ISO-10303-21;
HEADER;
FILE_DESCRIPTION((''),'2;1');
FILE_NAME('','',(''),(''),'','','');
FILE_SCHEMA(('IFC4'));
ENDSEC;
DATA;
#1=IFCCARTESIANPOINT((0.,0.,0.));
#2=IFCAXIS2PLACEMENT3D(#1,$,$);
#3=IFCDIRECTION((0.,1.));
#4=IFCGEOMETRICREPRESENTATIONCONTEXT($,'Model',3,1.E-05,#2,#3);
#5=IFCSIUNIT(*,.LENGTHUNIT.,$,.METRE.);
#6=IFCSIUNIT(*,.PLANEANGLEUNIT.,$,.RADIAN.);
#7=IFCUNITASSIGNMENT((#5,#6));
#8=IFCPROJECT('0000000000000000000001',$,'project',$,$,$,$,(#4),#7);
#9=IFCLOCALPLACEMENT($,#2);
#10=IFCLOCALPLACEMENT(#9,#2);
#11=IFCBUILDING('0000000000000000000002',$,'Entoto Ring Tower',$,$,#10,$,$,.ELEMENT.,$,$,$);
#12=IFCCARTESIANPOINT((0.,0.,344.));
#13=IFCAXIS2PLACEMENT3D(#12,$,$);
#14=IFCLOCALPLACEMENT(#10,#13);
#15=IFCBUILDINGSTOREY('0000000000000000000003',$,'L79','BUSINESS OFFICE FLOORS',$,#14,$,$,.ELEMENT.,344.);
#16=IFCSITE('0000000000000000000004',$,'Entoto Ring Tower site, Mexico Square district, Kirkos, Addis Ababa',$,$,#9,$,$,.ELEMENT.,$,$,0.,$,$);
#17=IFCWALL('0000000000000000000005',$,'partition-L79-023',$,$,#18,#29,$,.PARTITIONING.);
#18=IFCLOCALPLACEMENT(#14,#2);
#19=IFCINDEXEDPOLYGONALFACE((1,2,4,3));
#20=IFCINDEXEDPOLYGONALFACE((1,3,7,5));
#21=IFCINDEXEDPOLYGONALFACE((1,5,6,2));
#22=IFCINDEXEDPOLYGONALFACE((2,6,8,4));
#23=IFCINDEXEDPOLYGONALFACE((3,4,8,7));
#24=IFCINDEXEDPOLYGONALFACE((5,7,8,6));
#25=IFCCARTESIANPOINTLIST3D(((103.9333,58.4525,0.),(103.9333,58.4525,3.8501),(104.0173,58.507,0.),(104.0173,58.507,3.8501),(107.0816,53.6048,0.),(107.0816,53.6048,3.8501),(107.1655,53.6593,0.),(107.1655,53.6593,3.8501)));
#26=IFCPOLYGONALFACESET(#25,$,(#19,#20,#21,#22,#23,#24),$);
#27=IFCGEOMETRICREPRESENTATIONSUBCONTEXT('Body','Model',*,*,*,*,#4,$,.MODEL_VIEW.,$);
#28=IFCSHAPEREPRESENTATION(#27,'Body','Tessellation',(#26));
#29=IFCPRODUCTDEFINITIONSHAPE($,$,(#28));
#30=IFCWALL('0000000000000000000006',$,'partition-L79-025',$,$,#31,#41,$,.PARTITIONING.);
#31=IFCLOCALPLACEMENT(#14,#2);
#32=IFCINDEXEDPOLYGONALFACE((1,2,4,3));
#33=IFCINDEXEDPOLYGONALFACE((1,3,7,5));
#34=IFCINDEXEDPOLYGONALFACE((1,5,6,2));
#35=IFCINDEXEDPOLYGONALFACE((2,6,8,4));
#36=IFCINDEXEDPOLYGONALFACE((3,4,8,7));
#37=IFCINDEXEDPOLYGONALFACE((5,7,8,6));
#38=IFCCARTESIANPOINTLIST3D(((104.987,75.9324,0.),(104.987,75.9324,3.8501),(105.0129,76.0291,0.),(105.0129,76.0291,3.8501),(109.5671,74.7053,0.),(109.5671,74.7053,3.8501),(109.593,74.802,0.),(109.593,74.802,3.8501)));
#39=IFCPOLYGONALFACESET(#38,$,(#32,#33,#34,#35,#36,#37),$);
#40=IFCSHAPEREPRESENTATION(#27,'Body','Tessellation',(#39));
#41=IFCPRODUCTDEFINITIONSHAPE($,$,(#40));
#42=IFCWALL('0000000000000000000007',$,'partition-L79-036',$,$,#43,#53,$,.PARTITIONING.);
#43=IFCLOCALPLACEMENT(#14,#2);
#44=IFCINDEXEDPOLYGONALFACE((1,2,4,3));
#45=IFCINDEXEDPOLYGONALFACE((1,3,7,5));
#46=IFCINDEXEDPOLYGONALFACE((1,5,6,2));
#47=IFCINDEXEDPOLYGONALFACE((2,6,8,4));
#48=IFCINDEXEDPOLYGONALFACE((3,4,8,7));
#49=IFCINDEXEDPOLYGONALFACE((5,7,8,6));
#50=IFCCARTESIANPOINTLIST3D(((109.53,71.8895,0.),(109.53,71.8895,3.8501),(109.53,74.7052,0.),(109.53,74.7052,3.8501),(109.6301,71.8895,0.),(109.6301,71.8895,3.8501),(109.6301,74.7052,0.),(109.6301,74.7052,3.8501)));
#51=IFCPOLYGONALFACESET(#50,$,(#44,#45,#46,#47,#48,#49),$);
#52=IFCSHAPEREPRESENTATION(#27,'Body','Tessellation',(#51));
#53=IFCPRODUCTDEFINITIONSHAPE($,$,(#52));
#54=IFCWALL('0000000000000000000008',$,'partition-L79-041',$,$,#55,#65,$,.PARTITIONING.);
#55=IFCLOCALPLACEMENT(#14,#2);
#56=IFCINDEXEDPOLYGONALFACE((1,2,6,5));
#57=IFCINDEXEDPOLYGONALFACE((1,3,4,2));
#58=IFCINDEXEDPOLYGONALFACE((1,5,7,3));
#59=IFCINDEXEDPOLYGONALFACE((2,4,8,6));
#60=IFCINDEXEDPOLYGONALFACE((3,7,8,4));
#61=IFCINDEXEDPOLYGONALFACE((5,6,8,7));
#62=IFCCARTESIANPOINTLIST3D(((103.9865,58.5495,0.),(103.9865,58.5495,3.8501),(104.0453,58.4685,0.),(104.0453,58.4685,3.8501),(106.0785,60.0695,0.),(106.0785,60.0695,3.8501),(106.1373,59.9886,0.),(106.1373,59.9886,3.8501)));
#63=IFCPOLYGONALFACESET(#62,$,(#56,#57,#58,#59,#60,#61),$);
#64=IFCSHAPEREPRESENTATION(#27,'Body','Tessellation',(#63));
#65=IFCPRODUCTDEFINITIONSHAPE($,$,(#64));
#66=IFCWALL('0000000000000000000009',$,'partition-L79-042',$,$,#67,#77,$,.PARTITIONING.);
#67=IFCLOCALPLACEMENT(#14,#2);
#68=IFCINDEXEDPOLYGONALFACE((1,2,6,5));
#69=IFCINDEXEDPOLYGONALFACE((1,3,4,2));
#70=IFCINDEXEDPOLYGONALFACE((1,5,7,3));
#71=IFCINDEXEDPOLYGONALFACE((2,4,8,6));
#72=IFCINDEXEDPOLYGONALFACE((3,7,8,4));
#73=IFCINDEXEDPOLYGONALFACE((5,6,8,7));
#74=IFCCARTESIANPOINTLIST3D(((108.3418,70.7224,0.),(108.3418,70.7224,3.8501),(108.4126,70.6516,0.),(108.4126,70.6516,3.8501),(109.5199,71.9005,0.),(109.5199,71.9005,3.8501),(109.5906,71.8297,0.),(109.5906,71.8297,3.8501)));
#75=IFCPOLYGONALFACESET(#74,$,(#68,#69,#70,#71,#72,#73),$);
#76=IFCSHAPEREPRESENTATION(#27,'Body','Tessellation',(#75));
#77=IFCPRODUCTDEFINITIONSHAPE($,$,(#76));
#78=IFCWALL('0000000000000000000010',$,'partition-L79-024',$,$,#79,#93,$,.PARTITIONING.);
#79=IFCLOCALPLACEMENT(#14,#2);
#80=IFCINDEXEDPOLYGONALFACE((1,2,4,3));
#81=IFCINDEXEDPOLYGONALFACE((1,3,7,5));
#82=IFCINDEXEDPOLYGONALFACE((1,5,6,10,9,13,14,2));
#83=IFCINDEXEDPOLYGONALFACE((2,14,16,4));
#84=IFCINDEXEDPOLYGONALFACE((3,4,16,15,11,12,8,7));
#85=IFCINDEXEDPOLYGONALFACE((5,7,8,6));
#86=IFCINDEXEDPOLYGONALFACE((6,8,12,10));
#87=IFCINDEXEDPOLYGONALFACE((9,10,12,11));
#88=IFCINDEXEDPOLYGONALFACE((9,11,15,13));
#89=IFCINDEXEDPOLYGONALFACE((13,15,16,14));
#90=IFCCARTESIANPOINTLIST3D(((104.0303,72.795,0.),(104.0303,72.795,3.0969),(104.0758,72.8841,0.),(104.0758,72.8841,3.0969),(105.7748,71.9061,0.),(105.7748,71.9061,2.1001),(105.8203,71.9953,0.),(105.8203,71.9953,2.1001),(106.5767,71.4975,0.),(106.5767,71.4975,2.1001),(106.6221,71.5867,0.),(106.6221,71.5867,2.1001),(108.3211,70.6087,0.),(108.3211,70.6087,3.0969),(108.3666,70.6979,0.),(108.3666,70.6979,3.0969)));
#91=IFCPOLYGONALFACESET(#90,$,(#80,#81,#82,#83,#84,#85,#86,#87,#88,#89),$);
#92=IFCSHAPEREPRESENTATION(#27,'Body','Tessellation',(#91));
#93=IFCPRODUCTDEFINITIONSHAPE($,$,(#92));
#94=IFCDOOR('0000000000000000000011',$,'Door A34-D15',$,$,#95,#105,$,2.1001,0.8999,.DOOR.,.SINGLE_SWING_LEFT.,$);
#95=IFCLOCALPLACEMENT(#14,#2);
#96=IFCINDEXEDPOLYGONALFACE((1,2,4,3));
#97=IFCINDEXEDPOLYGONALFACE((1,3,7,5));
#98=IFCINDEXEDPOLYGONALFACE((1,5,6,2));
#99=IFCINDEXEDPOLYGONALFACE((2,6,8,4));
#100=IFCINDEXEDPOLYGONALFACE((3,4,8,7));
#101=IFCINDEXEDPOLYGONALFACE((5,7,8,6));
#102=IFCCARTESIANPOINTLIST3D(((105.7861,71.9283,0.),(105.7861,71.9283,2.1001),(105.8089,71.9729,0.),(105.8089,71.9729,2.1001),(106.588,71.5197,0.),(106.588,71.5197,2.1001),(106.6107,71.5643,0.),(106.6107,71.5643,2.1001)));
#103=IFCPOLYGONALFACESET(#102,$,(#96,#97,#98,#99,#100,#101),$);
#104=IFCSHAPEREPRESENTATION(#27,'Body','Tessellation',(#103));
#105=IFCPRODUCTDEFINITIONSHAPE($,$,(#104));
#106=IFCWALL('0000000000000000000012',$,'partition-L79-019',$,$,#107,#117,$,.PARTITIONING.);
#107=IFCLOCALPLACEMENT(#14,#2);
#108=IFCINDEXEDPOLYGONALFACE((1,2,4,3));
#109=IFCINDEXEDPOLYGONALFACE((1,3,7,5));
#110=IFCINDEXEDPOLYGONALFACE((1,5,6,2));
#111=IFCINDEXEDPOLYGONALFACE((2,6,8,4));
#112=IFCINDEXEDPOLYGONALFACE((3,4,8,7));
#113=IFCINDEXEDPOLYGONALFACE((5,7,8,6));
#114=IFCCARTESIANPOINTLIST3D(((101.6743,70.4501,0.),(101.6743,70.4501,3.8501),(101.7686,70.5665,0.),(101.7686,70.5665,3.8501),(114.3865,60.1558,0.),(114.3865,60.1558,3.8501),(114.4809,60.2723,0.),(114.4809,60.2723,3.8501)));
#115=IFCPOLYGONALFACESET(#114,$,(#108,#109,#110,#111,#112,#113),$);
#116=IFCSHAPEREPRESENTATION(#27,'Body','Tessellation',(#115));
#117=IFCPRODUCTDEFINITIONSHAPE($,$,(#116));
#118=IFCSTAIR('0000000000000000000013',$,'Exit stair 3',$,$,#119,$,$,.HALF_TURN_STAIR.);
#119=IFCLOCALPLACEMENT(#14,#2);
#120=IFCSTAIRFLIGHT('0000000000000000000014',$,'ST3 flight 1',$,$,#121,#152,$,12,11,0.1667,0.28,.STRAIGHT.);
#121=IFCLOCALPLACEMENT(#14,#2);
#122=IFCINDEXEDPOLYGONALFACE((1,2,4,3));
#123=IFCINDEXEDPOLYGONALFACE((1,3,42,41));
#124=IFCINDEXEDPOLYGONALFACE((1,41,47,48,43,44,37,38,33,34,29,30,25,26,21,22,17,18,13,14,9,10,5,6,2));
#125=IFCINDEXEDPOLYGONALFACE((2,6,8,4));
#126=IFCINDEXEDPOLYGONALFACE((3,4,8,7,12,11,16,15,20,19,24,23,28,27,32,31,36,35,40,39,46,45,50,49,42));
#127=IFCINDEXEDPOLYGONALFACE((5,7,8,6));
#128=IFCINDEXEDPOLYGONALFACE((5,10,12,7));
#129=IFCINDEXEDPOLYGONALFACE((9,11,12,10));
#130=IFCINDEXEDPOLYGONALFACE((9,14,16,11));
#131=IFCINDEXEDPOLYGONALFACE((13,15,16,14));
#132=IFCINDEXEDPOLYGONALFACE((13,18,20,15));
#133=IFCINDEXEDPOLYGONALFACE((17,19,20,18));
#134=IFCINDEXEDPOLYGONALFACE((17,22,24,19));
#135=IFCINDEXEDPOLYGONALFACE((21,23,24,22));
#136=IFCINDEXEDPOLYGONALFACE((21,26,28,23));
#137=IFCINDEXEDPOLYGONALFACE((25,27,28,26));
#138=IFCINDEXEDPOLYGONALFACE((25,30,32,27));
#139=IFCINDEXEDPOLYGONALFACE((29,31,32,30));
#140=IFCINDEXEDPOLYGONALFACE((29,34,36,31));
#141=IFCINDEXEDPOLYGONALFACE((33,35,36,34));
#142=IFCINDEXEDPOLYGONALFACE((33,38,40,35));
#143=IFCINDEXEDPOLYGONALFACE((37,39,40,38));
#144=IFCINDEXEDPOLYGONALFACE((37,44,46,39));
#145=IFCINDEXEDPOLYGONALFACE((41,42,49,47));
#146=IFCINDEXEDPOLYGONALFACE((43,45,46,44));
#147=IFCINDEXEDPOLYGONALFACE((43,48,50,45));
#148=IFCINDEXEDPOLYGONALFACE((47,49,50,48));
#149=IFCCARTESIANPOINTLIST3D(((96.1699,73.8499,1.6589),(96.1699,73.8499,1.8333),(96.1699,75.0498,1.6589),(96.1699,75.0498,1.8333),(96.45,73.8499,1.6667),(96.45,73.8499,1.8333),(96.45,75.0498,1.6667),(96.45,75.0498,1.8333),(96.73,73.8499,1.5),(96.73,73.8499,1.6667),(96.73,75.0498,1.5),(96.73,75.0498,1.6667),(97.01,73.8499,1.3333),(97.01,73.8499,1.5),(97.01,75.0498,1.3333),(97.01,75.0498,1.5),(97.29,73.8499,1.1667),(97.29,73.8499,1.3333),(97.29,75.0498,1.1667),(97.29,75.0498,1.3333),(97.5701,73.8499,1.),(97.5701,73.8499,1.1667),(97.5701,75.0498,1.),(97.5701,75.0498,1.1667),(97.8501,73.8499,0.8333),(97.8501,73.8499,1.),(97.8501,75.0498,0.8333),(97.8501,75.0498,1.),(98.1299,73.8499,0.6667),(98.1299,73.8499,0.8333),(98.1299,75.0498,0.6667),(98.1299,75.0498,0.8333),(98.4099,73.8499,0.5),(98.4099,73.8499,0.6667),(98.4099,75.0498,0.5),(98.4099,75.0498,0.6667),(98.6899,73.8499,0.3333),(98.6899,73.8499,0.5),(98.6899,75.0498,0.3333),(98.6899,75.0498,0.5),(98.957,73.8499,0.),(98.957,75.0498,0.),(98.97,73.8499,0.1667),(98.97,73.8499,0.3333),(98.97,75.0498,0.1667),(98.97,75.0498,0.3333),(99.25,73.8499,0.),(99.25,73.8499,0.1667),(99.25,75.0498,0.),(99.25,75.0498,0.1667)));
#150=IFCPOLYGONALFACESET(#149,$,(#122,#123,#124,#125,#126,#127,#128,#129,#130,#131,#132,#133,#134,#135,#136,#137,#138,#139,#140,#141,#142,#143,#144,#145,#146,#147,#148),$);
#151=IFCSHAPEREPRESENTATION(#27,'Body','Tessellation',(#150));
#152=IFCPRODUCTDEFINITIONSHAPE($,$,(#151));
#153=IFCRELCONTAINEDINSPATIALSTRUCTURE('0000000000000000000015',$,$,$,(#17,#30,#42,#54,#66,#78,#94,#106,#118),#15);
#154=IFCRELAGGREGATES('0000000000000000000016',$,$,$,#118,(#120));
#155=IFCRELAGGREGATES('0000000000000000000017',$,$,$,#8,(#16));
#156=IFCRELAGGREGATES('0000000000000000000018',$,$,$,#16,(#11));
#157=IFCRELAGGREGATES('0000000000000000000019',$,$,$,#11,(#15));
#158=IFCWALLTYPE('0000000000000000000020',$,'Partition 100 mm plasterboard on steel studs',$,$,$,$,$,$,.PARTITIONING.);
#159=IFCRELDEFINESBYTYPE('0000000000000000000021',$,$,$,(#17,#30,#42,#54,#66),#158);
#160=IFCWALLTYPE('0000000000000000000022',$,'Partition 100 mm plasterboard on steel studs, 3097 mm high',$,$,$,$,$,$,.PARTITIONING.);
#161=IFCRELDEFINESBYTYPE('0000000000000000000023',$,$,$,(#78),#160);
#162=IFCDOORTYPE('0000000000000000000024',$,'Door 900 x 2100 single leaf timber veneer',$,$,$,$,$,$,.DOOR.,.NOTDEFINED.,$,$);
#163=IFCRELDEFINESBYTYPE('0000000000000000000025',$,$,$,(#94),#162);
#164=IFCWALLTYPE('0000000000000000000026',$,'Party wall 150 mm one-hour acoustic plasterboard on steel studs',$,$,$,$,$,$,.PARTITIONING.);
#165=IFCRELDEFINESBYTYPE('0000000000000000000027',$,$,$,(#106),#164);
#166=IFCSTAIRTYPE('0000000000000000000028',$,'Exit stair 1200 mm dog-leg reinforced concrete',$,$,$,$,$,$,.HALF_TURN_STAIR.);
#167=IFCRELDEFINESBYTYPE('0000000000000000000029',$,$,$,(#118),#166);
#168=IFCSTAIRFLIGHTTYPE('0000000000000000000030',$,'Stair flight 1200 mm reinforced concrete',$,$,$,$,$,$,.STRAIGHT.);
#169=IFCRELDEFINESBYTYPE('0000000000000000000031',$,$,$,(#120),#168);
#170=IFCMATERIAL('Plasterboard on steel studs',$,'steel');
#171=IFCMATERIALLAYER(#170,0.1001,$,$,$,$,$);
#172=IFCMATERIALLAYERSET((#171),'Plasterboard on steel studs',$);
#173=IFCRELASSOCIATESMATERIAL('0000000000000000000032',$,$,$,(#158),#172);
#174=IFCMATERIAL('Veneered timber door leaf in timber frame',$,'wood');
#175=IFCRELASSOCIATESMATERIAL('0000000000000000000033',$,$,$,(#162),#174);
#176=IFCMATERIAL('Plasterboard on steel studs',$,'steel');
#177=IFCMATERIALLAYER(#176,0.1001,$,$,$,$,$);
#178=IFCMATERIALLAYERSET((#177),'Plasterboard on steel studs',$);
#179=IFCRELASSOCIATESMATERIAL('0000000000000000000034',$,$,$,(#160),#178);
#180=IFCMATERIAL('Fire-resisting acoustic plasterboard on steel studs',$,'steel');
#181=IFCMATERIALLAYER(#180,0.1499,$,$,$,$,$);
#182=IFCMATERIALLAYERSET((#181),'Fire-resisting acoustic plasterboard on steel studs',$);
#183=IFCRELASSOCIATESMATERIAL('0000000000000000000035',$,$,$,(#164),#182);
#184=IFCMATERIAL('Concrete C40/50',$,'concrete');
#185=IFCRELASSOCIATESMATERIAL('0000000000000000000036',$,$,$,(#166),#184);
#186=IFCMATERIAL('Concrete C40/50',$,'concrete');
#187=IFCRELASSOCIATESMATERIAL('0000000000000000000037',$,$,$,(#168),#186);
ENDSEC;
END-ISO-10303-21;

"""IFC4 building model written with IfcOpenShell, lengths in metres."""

from ifc_helpers import new_model, si_unit, direction, frame, frame_2d, origin, place, context, subcontext, project, spatial, polyline, rectangle, outline, extrude, material, layer, layer_set, type_object, element, fill, aggregate, save


model = new_model("IFC4")

# Units and contexts
model_context = context("Model", 3, precision=1e-05, world=origin(), true_north=direction((0.0, 1.0)))
body_context = subcontext(model_context, "Body", "Model", "MODEL_VIEW")
ifc_project = project(units=[si_unit("LENGTHUNIT", "METRE"), si_unit("PLANEANGLEUNIT", "RADIAN")], contexts=[model_context])

# Site, building, storey
site_placement = place(None, origin())
site = spatial("IfcSite", under=ifc_project, at=site_placement, Name="Entoto Ring Tower site, Mexico Square district, Kirkos, Addis Ababa", CompositionType="ELEMENT", RefElevation=0.0)
building_placement = place(site_placement, origin())
building = spatial("IfcBuilding", under=site, at=building_placement, Name="Entoto Ring Tower", CompositionType="ELEMENT")
storey_placement = place(building_placement, frame((0.0, 0.0, 344.0)))
storey = spatial("IfcBuildingStorey", under=building, at=storey_placement, Name="L79", Description="BUSINESS OFFICE FLOORS", CompositionType="ELEMENT", Elevation=344.0)

# Shared definitions
ifc_material_1 = material(Name="Plasterboard on steel studs", Category="steel")
ifc_layer_1 = layer(ifc_material_1, 0.1001)
ifc_layer_set_1 = layer_set([ifc_layer_1], Name="Plasterboard on steel studs")
wall_type_1 = type_object("IfcWallType", Name="Partition 100 mm plasterboard on steel studs", PredefinedType="PARTITIONING", material=ifc_layer_set_1)
ifc_material_2 = material(Name="Veneered timber door leaf in timber frame", Category="wood")
door_type_1 = type_object("IfcDoorType", Name="Door 900 x 2100 single leaf timber veneer", OperationType="NOTDEFINED", PredefinedType="DOOR", material=ifc_material_2)

# Walls
wall_1_placement = place(storey_placement, frame((107.1235, 53.6321, 0.0), z_axis=(0.0, 0.0, 1.0), x_axis=(-0.54465, 0.838664, 0.0)))
element("IfcWall", 1, at=wall_1_placement, inside=storey, type_object=wall_type_1, Name="partition-L79-023", PredefinedType="PARTITIONING", context=body_context, shape_type="SweptSolid", body=[
    extrude(rectangle(XDim=5.7803, YDim=0.1001, at=frame_2d((2.8901, 0.0))), origin(), (0.0, 0.0, 1.0), 3.8501),
])
wall_2_placement = place(storey_placement, frame((109.5801, 74.7537, 0.0), z_axis=(0.0, 0.0, 1.0), x_axis=(-0.965935, 0.258784, 0.0)))
element("IfcWall", 2, at=wall_2_placement, inside=storey, type_object=wall_type_1, Name="partition-L79-025", PredefinedType="PARTITIONING", context=body_context, shape_type="SweptSolid", body=[
    extrude(rectangle(XDim=4.7417, YDim=0.1001, at=frame_2d((2.3708, 0.0))), origin(), (0.0, 0.0, 1.0), 3.8501),
])
wall_3_placement = place(storey_placement, frame((109.5801, 71.8896, 0.0), z_axis=(0.0, 0.0, 1.0), x_axis=(0.0, 1.0, 0.0)))
element("IfcWall", 3, at=wall_3_placement, inside=storey, type_object=wall_type_1, Name="partition-L79-036", PredefinedType="PARTITIONING", context=body_context, shape_type="SweptSolid", body=[
    extrude(rectangle(XDim=2.8157, YDim=0.1001, at=frame_2d((1.4077, 0.0))), origin(), (0.0, 0.0, 1.0), 3.8501),
])
wall_4_placement = place(storey_placement, frame((104.0159, 58.509, 0.0), z_axis=(0.0, 0.0, 1.0), x_axis=(0.809005, 0.587801, 0.0)))
element("IfcWall", 4, at=wall_4_placement, inside=storey, type_object=wall_type_1, Name="partition-L79-041", PredefinedType="PARTITIONING", context=body_context, shape_type="SweptSolid", body=[
    extrude(rectangle(XDim=2.5859, YDim=0.1001, at=frame_2d((1.293, 0.0))), origin(), (0.0, 0.0, 1.0), 3.8501),
])
wall_5_placement = place(storey_placement, frame((108.3772, 70.687, 0.0), z_axis=(0.0, 0.0, 1.0), x_axis=(0.707107, 0.707107, 0.0)))
element("IfcWall", 5, at=wall_5_placement, inside=storey, type_object=wall_type_1, Name="partition-L79-042", PredefinedType="PARTITIONING", context=body_context, shape_type="SweptSolid", body=[
    extrude(rectangle(XDim=1.666, YDim=0.1001, at=frame_2d((0.833, 0.0))), origin(), (0.0, 0.0, 1.0), 3.8501),
])

# Wall, opening, door
ifc_material_3 = material(Name="Plasterboard on steel studs", Category="steel")
ifc_layer_2 = layer(ifc_material_3, 0.1001)
ifc_layer_set_2 = layer_set([ifc_layer_2], Name="Plasterboard on steel studs")
wall_type_2 = type_object("IfcWallType", Name="Partition 100 mm plasterboard on steel studs, 3097 mm high", PredefinedType="PARTITIONING", material=ifc_layer_set_2)
wall_6_placement = place(storey_placement, frame((108.3438, 70.6533, 0.0), z_axis=(0.0, 0.0, 1.0), x_axis=(-0.891005, 0.453994, 0.0)))
wall_6 = element("IfcWall", 6, at=wall_6_placement, inside=storey, type_object=wall_type_2, Name="partition-L79-024", PredefinedType="PARTITIONING", context=body_context, shape_type="SweptSolid", body=[
    extrude(rectangle(XDim=4.8157, YDim=0.1001, at=frame_2d((2.4077, 0.0))), origin(), (0.0, 0.0, 1.0), 3.0969),
])
opening_1_placement = place(wall_6_placement, frame((1.9578, 0.0, 0.0)))
opening_1 = element("IfcOpeningElement", 7, at=opening_1_placement, cuts=wall_6, PredefinedType="OPENING", context=body_context, shape_type="SweptSolid", body=[
    extrude(rectangle(XDim=0.8999, YDim=2.1001, at=frame_2d((0.45, 1.05))), frame((0.0, 0.0601, 0.0), z_axis=(0.0, -1.0, 0.0), x_axis=(1.0, 0.0, 0.0)), (0.0, 0.0, 1.0), 0.1201),
])
door_1_placement = place(opening_1_placement, frame((0.8999, 0.0, 0.0), z_axis=(0.0, 0.0, 1.0), x_axis=(-1.0, 0.0, 0.0)))
door_1 = element("IfcDoor", 8, at=door_1_placement, inside=storey, type_object=door_type_1, Name="Door A34-D15", OperationType="SINGLE_SWING_LEFT", OverallHeight=2.1001, OverallWidth=0.8999, PredefinedType="DOOR", context=body_context, shape_type="SweptSolid", body=[
    extrude(rectangle(XDim=0.8999, YDim=2.1001, at=frame_2d((0.45, 1.05))), frame((0.0, 0.0249, 0.0), z_axis=(0.0, -1.0, 0.0), x_axis=(1.0, 0.0, 0.0)), (0.0, 0.0, 1.0), 0.05),
])
fill(opening_1, door_1)

# Wall
ifc_material_4 = material(Name="Fire-resisting acoustic plasterboard on steel studs", Category="steel")
ifc_layer_3 = layer(ifc_material_4, 0.1499)
ifc_layer_set_3 = layer_set([ifc_layer_3], Name="Fire-resisting acoustic plasterboard on steel studs")
wall_type_3 = type_object("IfcWallType", Name="Party wall 150 mm one-hour acoustic plasterboard on steel studs", PredefinedType="PARTITIONING", material=ifc_layer_set_3)
wall_7_placement = place(storey_placement, frame((114.4336, 60.2141, 0.0), z_axis=(0.0, 0.0, 1.0), x_axis=(-0.777143, 0.629324, 0.0)))
element("IfcWall", 9, at=wall_7_placement, inside=storey, type_object=wall_type_3, Name="partition-L79-019", PredefinedType="PARTITIONING", context=body_context, shape_type="SweptSolid", body=[
    extrude(rectangle(XDim=16.3577, YDim=0.1499, at=frame_2d((8.1787, 0.0))), origin(), (0.0, 0.0, 1.0), 3.8501),
])

# Stair, stair flight
ifc_material_5 = material(Name="Concrete C40/50", Category="concrete")
stair_type = type_object("IfcStairType", Name="Exit stair 1200 mm dog-leg reinforced concrete", PredefinedType="HALF_TURN_STAIR", material=ifc_material_5)
stair_placement = place(storey_placement, origin())
stair = element("IfcStair", 10, at=stair_placement, inside=storey, type_object=stair_type, Name="Exit stair 3", PredefinedType="HALF_TURN_STAIR")
ifc_material_6 = material(Name="Concrete C40/50", Category="concrete")
stair_flight_type = type_object("IfcStairFlightType", Name="Stair flight 1200 mm reinforced concrete", PredefinedType="STRAIGHT", material=ifc_material_6)
stair_flight_placement = place(storey_placement, frame((99.25, 74.45, 0.0), z_axis=(0.0, 0.0, 1.0), x_axis=(-1.0, 0.0, 0.0)))
stair_flight = element("IfcStairFlight", 11, at=stair_flight_placement, type_object=stair_flight_type, Name="ST3 flight 1", NumberOfRisers=12, NumberOfTreads=11, PredefinedType="STRAIGHT", RiserHeight=0.1667, TreadLength=0.28, context=body_context, shape_type="SweptSolid", body=[
    extrude(outline(polyline([(0.0, 0.0), (0.0, 0.1667), (0.28, 0.1667), (0.28, 0.3333), (0.5601, 0.3333), (0.5601, 0.5), (0.8401, 0.5), (0.8401, 0.6667), (1.1201, 0.6667), (1.1201, 0.8333), (1.3999, 0.8333), (1.3999, 1.0), (1.6799, 1.0), (1.6799, 1.1667), (1.96, 1.1667), (1.96, 1.3333), (2.24, 1.3333), (2.24, 1.5), (2.52, 1.5), (2.52, 1.6667), (2.8, 1.6667), (2.8, 1.8333), (3.0801, 1.8333), (3.0801, 2.0), (3.0801, 1.6589), (0.293, 0.0), (0.0, 0.0)])), frame((0.0, 0.6001, 0.0), z_axis=(0.0, -1.0, 0.0), x_axis=(1.0, 0.0, 0.0)), (0.0, 0.0, 1.0), 1.2),
])
aggregate(stair, [stair_flight])

save(model, "model.ifc")
